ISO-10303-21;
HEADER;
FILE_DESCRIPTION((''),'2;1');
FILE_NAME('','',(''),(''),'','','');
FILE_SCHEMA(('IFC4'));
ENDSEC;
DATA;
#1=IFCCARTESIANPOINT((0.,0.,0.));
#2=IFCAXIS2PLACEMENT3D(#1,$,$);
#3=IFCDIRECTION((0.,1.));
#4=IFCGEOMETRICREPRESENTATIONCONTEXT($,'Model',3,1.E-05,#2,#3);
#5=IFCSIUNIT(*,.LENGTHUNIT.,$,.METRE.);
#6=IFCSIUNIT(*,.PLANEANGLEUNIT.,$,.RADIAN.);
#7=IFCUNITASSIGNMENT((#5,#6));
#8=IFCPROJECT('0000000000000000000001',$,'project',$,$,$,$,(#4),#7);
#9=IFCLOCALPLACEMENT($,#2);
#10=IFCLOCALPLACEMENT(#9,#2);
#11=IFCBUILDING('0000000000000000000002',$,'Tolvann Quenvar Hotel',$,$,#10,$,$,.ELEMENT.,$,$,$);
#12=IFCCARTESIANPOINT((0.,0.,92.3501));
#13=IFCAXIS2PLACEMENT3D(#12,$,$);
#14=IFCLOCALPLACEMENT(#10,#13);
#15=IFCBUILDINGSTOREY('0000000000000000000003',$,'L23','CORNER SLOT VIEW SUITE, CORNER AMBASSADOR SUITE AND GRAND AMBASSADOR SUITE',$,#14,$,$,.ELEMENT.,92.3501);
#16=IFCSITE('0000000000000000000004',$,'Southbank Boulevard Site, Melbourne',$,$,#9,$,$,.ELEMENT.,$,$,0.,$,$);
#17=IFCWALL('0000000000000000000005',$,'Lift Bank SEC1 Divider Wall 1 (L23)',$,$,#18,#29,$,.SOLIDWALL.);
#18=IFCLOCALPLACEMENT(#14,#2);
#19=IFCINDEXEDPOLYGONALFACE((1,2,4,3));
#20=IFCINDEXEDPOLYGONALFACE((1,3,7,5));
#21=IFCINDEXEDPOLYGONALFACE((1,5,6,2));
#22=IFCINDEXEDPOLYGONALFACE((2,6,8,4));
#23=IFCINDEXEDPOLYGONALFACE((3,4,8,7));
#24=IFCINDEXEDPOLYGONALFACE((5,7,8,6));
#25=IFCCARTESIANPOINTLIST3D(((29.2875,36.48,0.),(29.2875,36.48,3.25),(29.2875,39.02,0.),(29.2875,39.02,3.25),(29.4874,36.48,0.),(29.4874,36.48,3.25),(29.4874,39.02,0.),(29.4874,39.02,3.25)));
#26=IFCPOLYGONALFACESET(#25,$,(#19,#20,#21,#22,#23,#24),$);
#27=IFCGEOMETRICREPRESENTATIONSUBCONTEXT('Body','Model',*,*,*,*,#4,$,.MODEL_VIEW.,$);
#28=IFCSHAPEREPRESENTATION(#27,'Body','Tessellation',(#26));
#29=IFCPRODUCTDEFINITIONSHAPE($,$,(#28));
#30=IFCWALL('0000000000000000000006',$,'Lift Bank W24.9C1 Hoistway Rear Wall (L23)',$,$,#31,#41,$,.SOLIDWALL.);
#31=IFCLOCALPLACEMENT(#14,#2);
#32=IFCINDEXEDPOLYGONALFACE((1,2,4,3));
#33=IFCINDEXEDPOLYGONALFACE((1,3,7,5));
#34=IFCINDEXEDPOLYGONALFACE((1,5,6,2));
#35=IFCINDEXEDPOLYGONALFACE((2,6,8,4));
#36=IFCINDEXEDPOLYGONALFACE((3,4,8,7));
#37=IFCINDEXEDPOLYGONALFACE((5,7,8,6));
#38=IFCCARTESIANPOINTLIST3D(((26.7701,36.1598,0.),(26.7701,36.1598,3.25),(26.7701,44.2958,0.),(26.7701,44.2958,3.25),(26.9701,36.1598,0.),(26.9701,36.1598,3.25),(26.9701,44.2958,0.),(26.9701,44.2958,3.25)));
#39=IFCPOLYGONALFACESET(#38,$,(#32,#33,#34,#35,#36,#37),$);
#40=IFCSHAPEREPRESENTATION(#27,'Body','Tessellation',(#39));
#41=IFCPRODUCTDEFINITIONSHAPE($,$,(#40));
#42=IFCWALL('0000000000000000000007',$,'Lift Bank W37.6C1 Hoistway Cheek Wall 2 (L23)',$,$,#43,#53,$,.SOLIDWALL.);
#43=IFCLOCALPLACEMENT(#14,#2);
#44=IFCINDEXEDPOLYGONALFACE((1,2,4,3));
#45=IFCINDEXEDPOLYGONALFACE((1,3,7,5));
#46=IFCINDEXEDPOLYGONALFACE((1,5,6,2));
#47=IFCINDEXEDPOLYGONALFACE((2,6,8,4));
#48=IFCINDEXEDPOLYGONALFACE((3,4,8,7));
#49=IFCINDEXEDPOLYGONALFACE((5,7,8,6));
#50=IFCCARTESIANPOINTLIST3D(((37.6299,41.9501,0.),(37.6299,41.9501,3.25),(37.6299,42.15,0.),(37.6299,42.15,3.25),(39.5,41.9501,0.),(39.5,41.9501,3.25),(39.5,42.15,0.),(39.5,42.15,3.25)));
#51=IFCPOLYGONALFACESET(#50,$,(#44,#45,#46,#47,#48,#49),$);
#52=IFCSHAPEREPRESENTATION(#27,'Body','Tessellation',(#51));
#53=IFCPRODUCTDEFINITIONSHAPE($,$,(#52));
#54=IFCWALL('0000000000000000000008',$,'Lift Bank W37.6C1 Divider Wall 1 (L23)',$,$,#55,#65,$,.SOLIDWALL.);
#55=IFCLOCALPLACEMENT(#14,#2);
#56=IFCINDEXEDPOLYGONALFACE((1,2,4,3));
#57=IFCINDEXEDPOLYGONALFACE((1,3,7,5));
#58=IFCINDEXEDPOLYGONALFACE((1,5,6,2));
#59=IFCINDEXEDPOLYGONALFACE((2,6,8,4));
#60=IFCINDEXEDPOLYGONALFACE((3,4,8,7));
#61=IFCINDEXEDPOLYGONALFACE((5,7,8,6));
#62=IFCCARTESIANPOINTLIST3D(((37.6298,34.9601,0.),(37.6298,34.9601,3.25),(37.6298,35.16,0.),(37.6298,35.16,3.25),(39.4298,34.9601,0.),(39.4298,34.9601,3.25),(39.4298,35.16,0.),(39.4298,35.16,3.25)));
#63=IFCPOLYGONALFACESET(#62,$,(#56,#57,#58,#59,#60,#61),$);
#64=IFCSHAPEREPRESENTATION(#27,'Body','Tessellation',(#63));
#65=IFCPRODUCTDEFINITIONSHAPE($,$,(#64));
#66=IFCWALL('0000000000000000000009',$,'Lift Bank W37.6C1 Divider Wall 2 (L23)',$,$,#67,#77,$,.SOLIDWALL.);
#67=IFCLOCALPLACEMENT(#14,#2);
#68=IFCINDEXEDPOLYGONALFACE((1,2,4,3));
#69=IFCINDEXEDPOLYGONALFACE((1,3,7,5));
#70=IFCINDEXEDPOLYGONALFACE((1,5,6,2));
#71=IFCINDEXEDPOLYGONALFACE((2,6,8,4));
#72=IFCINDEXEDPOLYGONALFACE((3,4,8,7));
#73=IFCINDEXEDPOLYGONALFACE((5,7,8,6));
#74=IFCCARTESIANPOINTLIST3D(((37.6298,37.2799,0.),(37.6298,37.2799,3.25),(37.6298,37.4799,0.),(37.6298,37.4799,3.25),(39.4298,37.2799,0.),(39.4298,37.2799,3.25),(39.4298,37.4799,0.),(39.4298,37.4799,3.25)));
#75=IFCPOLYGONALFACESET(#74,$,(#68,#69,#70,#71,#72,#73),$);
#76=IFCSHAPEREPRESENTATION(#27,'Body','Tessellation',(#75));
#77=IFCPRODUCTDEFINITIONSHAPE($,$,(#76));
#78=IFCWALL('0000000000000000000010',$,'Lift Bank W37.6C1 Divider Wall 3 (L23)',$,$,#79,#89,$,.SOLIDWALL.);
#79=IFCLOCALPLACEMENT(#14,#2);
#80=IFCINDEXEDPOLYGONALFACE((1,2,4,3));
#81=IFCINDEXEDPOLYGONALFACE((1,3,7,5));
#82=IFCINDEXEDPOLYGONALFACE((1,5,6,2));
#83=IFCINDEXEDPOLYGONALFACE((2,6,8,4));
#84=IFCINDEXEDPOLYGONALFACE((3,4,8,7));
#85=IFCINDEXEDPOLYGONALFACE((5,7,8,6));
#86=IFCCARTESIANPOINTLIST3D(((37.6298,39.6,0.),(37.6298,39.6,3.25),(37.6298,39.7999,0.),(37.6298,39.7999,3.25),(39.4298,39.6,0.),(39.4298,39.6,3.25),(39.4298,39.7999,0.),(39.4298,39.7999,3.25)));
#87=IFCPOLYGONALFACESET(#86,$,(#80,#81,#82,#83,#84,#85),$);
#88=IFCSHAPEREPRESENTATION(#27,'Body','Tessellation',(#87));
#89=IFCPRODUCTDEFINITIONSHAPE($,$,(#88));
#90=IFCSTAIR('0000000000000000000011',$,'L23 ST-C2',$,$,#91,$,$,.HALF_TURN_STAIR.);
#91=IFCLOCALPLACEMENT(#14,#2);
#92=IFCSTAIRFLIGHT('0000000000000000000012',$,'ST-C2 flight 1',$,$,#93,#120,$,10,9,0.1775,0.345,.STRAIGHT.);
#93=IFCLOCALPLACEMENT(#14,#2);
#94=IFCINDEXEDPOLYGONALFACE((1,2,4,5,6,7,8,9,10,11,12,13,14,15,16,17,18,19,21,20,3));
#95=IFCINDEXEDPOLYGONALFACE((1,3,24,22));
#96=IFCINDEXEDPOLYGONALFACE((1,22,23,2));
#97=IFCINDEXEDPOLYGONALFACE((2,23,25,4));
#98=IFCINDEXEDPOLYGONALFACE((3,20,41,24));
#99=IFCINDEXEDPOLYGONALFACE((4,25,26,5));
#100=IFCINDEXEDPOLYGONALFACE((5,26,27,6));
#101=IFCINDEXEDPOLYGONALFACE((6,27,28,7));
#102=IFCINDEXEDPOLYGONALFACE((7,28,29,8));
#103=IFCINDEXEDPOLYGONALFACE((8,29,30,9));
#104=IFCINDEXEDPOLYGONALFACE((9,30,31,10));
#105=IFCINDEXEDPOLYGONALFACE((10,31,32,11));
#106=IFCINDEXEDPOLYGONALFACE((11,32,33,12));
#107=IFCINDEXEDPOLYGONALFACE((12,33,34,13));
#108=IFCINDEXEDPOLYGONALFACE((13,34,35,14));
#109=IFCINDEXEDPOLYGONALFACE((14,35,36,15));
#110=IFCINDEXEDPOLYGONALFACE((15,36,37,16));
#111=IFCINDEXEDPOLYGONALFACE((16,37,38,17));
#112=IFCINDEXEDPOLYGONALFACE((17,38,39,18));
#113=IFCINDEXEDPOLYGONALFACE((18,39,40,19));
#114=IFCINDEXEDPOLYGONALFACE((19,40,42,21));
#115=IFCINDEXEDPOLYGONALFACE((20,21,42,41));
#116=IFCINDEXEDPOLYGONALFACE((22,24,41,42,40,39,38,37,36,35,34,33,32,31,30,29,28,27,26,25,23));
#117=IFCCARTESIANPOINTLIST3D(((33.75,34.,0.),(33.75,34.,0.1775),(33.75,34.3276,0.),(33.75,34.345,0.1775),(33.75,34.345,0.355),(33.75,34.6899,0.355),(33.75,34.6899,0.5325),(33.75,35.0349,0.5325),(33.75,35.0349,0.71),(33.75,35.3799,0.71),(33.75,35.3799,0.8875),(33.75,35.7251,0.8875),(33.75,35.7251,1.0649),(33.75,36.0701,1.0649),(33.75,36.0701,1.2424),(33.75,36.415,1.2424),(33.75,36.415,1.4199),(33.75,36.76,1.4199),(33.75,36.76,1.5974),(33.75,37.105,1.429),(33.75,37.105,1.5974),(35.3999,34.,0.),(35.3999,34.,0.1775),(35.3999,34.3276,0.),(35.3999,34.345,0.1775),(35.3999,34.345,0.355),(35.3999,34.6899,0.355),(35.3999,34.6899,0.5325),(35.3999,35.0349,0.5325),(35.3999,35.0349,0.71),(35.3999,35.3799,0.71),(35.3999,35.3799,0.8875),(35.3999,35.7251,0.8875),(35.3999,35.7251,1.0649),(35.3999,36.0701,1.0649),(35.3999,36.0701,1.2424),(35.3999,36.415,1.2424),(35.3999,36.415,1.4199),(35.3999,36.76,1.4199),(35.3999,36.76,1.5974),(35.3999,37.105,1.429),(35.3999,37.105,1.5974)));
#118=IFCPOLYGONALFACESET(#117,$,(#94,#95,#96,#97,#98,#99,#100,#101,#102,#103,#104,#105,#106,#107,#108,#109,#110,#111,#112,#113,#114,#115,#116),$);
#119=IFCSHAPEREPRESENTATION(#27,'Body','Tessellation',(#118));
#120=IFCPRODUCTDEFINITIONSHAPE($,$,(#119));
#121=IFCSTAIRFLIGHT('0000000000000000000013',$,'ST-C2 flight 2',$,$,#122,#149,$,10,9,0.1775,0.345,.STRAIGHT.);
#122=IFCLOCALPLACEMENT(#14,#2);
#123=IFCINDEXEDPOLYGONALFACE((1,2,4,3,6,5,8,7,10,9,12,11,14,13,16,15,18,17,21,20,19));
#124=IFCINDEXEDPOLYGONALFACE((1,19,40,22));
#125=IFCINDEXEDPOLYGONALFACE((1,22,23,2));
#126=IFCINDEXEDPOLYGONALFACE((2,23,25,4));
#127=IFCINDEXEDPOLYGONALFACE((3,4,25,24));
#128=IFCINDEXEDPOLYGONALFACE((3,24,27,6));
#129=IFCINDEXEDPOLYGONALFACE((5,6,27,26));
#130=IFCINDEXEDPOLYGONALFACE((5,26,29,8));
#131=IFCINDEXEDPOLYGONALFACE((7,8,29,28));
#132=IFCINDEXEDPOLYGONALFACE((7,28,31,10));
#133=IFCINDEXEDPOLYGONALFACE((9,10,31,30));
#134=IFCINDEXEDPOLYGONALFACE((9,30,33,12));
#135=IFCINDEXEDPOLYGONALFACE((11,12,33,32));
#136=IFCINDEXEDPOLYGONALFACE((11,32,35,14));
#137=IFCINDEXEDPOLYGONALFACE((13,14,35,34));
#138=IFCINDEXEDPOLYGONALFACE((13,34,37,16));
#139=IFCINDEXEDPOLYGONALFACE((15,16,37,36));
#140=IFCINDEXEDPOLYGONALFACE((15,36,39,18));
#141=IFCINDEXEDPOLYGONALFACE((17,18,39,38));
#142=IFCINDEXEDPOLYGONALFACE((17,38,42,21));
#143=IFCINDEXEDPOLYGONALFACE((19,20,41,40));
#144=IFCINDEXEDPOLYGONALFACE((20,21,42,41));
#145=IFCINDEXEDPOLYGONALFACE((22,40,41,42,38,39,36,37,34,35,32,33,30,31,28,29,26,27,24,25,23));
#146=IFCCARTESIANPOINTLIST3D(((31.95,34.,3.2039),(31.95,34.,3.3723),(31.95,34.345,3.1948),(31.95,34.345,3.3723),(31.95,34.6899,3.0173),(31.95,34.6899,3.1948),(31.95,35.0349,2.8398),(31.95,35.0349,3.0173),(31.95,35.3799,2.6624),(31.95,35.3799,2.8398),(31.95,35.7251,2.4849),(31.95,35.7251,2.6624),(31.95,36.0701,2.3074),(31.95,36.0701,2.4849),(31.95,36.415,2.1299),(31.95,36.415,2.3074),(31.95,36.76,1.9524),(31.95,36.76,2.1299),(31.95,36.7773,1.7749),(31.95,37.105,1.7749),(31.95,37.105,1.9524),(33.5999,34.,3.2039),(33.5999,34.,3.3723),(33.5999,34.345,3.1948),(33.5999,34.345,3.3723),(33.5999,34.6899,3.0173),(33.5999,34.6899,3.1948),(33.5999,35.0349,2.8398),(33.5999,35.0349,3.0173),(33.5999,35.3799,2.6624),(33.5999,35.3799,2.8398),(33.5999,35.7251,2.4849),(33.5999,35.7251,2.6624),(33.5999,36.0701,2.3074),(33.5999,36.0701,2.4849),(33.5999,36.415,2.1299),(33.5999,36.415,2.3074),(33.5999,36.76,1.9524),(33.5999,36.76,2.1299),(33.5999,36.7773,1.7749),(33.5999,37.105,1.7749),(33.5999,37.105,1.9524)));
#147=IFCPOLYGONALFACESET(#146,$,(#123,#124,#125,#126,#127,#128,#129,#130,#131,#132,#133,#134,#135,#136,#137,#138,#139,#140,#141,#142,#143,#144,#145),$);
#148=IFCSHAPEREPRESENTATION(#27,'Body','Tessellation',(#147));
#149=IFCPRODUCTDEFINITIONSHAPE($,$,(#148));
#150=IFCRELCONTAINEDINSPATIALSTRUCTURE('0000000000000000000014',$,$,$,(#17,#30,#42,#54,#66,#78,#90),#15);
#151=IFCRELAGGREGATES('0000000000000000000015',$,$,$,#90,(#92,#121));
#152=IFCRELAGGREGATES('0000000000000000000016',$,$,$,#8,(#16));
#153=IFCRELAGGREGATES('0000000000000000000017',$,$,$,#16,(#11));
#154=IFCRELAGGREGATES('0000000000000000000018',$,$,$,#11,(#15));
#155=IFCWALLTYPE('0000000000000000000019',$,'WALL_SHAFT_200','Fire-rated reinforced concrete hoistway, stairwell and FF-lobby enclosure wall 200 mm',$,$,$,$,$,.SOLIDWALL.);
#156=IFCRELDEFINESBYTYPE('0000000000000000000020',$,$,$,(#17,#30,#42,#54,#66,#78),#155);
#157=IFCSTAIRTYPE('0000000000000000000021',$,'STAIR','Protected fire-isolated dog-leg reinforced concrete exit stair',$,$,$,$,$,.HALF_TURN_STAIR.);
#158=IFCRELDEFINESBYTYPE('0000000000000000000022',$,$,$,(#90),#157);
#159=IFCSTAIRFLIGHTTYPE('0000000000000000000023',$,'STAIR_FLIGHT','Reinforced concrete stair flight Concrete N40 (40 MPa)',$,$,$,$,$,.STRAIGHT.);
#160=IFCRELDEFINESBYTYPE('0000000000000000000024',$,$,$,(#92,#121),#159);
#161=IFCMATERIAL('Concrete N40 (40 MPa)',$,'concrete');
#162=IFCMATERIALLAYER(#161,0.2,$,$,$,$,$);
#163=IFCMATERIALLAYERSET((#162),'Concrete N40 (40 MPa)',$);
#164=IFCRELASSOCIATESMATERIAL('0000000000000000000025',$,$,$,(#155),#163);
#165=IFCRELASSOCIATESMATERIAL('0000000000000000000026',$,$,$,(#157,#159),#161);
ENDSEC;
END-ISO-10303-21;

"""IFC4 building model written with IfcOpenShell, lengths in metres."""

from ifc_helpers import new_model, si_unit, direction, frame, frame_2d, origin, place, context, subcontext, project, spatial, polyline, rectangle, outline, extrude, material, layer, layer_set, type_object, element, aggregate, save


model = new_model("IFC4")

# Units and contexts
model_context = context("Model", 3, precision=1e-05, world=origin(), true_north=direction((0.0, 1.0)))
body_context = subcontext(model_context, "Body", "Model", "MODEL_VIEW")
ifc_project = project(units=[si_unit("LENGTHUNIT", "METRE"), si_unit("PLANEANGLEUNIT", "RADIAN")], contexts=[model_context])

# Site, building, storey
site_placement = place(None, origin())
site = spatial("IfcSite", under=ifc_project, at=site_placement, Name="Southbank Boulevard Site, Melbourne", CompositionType="ELEMENT", RefElevation=0.0)
building_placement = place(site_placement, origin())
building = spatial("IfcBuilding", under=site, at=building_placement, Name="Tolvann Quenvar Hotel", CompositionType="ELEMENT")
storey_placement = place(building_placement, frame((0.0, 0.0, 92.3501)))
storey = spatial("IfcBuildingStorey", under=building, at=storey_placement, Name="L23", Description="CORNER SLOT VIEW SUITE, CORNER AMBASSADOR SUITE AND GRAND AMBASSADOR SUITE", CompositionType="ELEMENT", Elevation=92.3501)

# Shared definitions
ifc_material_1 = material(Name="Concrete N40 (40 MPa)", Category="concrete")
ifc_layer_1 = layer(ifc_material_1, 0.2)
ifc_layer_set_1 = layer_set([ifc_layer_1], Name="Concrete N40 (40 MPa)")
wall_type_1 = type_object("IfcWallType", Name="WALL_SHAFT_200", Description="Fire-rated reinforced concrete hoistway, stairwell and FF-lobby enclosure wall 200 mm", PredefinedType="SOLIDWALL", material=ifc_layer_set_1)

# Walls
for number, where, z_axis, x_axis, name in (
    (1, (29.3875, 36.48, 0.0), (0.0, 0.0, 1.0), (0.0, 1.0, 0.0), "Lift Bank SEC1 Divider Wall 1 (L23)"),
):
    element("IfcWall", number, at=place(storey_placement, frame(where, z_axis=z_axis, x_axis=x_axis)), inside=storey, type_object=wall_type_1, Name=name, PredefinedType="SOLIDWALL", context=body_context, shape_type="SweptSolid", body=[
        extrude(rectangle(XDim=2.54, YDim=0.2, at=frame_2d((1.27, 0.0))), origin(), (0.0, 0.0, 1.0), 3.25),
    ])
wall_1_placement = place(storey_placement, frame((26.8701, 36.1599, 0.0), z_axis=(0.0, 0.0, 1.0), x_axis=(0.0, 1.0, 0.0)))
element("IfcWall", 2, at=wall_1_placement, inside=storey, type_object=wall_type_1, Name="Lift Bank W24.9C1 Hoistway Rear Wall (L23)", PredefinedType="SOLIDWALL", context=body_context, shape_type="SweptSolid", body=[
    extrude(rectangle(XDim=8.136, YDim=0.2, at=frame_2d((4.0679, 0.0))), origin(), (0.0, 0.0, 1.0), 3.25),
])
wall_2_placement = place(storey_placement, frame((37.6299, 42.05, 0.0), z_axis=(0.0, 0.0, 1.0), x_axis=(1.0, 0.0, 0.0)))
element("IfcWall", 3, at=wall_2_placement, inside=storey, type_object=wall_type_1, Name="Lift Bank W37.6C1 Hoistway Cheek Wall 2 (L23)", PredefinedType="SOLIDWALL", context=body_context, shape_type="SweptSolid", body=[
    extrude(rectangle(XDim=1.8701, YDim=0.2, at=frame_2d((0.9351, 0.0))), origin(), (0.0, 0.0, 1.0), 3.25),
])
for number, where, z_axis, x_axis, name in (
    (4, (37.6299, 35.0601, 0.0), (0.0, 0.0, 1.0), (1.0, 0.0, 0.0), "Lift Bank W37.6C1 Divider Wall 1 (L23)"),
    (5, (37.6299, 37.3799, 0.0), (0.0, 0.0, 1.0), (1.0, 0.0, 0.0), "Lift Bank W37.6C1 Divider Wall 2 (L23)"),
    (6, (37.6299, 39.7, 0.0), (0.0, 0.0, 1.0), (1.0, 0.0, 0.0), "Lift Bank W37.6C1 Divider Wall 3 (L23)"),
):
    element("IfcWall", number, at=place(storey_placement, frame(where, z_axis=z_axis, x_axis=x_axis)), inside=storey, type_object=wall_type_1, Name=name, PredefinedType="SOLIDWALL", context=body_context, shape_type="SweptSolid", body=[
        extrude(rectangle(XDim=1.8, YDim=0.2, at=frame_2d((0.8999, 0.0))), origin(), (0.0, 0.0, 1.0), 3.25),
    ])

# Stair, stair flights
stair_type = type_object("IfcStairType", Name="STAIR", Description="Protected fire-isolated dog-leg reinforced concrete exit stair", PredefinedType="HALF_TURN_STAIR", material=ifc_material_1)
stair_placement = place(storey_placement, origin())
stair = element("IfcStair", 7, at=stair_placement, inside=storey, type_object=stair_type, Name="L23 ST-C2", PredefinedType="HALF_TURN_STAIR")
stair_flight_type = type_object("IfcStairFlightType", Name="STAIR_FLIGHT", Description="Reinforced concrete stair flight Concrete N40 (40 MPa)", PredefinedType="STRAIGHT", material=ifc_material_1)
stair_flight_1_placement = place(storey_placement, frame((34.575, 34.0, 0.0), z_axis=(0.0, 0.0, 1.0), x_axis=(0.0, 1.0, 0.0)))
stair_flight_1 = element("IfcStairFlight", 8, at=stair_flight_1_placement, type_object=stair_flight_type, Name="ST-C2 flight 1", NumberOfRisers=10, NumberOfTreads=9, PredefinedType="STRAIGHT", RiserHeight=0.1775, TreadLength=0.345, context=body_context, shape_type="SweptSolid", body=[
    extrude(outline(polyline([(0.0, 0.0), (0.0, 0.1775), (0.345, 0.1775), (0.345, 0.355), (0.6899, 0.355), (0.6899, 0.5325), (1.0349, 0.5325), (1.0349, 0.71), (1.3799, 0.71), (1.3799, 0.8875), (1.7251, 0.8875), (1.7251, 1.0649), (2.0701, 1.0649), (2.0701, 1.2424), (2.415, 1.2424), (2.415, 1.4199), (2.76, 1.4199), (2.76, 1.5974), (3.105, 1.5974), (3.105, 1.7749), (3.105, 1.429), (0.3276, 0.0), (0.0, 0.0)])), frame((0.0, 0.825, 0.0), z_axis=(0.0, -1.0, 0.0), x_axis=(1.0, 0.0, 0.0)), (0.0, 0.0, 1.0), 1.6499),
])
stair_flight_2_placement = place(storey_placement, frame((32.7749, 37.105, 1.7749), z_axis=(0.0, 0.0, 1.0), x_axis=(0.0, -1.0, 0.0)))
stair_flight_2 = element("IfcStairFlight", 9, at=stair_flight_2_placement, type_object=stair_flight_type, Name="ST-C2 flight 2", NumberOfRisers=10, NumberOfTreads=9, PredefinedType="STRAIGHT", RiserHeight=0.1775, TreadLength=0.345, context=body_context, shape_type="SweptSolid", body=[
    extrude(outline(polyline([(0.0, 0.0), (0.0, 0.1775), (0.345, 0.1775), (0.345, 0.355), (0.6899, 0.355), (0.6899, 0.5325), (1.0349, 0.5325), (1.0349, 0.71), (1.3799, 0.71), (1.3799, 0.8875), (1.7251, 0.8875), (1.7251, 1.0649), (2.0701, 1.0649), (2.0701, 1.2424), (2.415, 1.2424), (2.415, 1.4199), (2.76, 1.4199), (2.76, 1.5974), (3.105, 1.5974), (3.105, 1.7749), (3.105, 1.429), (0.3276, 0.0), (0.0, 0.0)])), frame((0.0, 0.825, 0.0), z_axis=(0.0, -1.0, 0.0), x_axis=(1.0, 0.0, 0.0)), (0.0, 0.0, 1.0), 1.6499),
])
aggregate(stair, [stair_flight_1, stair_flight_2])

save(model, "model.ifc")
